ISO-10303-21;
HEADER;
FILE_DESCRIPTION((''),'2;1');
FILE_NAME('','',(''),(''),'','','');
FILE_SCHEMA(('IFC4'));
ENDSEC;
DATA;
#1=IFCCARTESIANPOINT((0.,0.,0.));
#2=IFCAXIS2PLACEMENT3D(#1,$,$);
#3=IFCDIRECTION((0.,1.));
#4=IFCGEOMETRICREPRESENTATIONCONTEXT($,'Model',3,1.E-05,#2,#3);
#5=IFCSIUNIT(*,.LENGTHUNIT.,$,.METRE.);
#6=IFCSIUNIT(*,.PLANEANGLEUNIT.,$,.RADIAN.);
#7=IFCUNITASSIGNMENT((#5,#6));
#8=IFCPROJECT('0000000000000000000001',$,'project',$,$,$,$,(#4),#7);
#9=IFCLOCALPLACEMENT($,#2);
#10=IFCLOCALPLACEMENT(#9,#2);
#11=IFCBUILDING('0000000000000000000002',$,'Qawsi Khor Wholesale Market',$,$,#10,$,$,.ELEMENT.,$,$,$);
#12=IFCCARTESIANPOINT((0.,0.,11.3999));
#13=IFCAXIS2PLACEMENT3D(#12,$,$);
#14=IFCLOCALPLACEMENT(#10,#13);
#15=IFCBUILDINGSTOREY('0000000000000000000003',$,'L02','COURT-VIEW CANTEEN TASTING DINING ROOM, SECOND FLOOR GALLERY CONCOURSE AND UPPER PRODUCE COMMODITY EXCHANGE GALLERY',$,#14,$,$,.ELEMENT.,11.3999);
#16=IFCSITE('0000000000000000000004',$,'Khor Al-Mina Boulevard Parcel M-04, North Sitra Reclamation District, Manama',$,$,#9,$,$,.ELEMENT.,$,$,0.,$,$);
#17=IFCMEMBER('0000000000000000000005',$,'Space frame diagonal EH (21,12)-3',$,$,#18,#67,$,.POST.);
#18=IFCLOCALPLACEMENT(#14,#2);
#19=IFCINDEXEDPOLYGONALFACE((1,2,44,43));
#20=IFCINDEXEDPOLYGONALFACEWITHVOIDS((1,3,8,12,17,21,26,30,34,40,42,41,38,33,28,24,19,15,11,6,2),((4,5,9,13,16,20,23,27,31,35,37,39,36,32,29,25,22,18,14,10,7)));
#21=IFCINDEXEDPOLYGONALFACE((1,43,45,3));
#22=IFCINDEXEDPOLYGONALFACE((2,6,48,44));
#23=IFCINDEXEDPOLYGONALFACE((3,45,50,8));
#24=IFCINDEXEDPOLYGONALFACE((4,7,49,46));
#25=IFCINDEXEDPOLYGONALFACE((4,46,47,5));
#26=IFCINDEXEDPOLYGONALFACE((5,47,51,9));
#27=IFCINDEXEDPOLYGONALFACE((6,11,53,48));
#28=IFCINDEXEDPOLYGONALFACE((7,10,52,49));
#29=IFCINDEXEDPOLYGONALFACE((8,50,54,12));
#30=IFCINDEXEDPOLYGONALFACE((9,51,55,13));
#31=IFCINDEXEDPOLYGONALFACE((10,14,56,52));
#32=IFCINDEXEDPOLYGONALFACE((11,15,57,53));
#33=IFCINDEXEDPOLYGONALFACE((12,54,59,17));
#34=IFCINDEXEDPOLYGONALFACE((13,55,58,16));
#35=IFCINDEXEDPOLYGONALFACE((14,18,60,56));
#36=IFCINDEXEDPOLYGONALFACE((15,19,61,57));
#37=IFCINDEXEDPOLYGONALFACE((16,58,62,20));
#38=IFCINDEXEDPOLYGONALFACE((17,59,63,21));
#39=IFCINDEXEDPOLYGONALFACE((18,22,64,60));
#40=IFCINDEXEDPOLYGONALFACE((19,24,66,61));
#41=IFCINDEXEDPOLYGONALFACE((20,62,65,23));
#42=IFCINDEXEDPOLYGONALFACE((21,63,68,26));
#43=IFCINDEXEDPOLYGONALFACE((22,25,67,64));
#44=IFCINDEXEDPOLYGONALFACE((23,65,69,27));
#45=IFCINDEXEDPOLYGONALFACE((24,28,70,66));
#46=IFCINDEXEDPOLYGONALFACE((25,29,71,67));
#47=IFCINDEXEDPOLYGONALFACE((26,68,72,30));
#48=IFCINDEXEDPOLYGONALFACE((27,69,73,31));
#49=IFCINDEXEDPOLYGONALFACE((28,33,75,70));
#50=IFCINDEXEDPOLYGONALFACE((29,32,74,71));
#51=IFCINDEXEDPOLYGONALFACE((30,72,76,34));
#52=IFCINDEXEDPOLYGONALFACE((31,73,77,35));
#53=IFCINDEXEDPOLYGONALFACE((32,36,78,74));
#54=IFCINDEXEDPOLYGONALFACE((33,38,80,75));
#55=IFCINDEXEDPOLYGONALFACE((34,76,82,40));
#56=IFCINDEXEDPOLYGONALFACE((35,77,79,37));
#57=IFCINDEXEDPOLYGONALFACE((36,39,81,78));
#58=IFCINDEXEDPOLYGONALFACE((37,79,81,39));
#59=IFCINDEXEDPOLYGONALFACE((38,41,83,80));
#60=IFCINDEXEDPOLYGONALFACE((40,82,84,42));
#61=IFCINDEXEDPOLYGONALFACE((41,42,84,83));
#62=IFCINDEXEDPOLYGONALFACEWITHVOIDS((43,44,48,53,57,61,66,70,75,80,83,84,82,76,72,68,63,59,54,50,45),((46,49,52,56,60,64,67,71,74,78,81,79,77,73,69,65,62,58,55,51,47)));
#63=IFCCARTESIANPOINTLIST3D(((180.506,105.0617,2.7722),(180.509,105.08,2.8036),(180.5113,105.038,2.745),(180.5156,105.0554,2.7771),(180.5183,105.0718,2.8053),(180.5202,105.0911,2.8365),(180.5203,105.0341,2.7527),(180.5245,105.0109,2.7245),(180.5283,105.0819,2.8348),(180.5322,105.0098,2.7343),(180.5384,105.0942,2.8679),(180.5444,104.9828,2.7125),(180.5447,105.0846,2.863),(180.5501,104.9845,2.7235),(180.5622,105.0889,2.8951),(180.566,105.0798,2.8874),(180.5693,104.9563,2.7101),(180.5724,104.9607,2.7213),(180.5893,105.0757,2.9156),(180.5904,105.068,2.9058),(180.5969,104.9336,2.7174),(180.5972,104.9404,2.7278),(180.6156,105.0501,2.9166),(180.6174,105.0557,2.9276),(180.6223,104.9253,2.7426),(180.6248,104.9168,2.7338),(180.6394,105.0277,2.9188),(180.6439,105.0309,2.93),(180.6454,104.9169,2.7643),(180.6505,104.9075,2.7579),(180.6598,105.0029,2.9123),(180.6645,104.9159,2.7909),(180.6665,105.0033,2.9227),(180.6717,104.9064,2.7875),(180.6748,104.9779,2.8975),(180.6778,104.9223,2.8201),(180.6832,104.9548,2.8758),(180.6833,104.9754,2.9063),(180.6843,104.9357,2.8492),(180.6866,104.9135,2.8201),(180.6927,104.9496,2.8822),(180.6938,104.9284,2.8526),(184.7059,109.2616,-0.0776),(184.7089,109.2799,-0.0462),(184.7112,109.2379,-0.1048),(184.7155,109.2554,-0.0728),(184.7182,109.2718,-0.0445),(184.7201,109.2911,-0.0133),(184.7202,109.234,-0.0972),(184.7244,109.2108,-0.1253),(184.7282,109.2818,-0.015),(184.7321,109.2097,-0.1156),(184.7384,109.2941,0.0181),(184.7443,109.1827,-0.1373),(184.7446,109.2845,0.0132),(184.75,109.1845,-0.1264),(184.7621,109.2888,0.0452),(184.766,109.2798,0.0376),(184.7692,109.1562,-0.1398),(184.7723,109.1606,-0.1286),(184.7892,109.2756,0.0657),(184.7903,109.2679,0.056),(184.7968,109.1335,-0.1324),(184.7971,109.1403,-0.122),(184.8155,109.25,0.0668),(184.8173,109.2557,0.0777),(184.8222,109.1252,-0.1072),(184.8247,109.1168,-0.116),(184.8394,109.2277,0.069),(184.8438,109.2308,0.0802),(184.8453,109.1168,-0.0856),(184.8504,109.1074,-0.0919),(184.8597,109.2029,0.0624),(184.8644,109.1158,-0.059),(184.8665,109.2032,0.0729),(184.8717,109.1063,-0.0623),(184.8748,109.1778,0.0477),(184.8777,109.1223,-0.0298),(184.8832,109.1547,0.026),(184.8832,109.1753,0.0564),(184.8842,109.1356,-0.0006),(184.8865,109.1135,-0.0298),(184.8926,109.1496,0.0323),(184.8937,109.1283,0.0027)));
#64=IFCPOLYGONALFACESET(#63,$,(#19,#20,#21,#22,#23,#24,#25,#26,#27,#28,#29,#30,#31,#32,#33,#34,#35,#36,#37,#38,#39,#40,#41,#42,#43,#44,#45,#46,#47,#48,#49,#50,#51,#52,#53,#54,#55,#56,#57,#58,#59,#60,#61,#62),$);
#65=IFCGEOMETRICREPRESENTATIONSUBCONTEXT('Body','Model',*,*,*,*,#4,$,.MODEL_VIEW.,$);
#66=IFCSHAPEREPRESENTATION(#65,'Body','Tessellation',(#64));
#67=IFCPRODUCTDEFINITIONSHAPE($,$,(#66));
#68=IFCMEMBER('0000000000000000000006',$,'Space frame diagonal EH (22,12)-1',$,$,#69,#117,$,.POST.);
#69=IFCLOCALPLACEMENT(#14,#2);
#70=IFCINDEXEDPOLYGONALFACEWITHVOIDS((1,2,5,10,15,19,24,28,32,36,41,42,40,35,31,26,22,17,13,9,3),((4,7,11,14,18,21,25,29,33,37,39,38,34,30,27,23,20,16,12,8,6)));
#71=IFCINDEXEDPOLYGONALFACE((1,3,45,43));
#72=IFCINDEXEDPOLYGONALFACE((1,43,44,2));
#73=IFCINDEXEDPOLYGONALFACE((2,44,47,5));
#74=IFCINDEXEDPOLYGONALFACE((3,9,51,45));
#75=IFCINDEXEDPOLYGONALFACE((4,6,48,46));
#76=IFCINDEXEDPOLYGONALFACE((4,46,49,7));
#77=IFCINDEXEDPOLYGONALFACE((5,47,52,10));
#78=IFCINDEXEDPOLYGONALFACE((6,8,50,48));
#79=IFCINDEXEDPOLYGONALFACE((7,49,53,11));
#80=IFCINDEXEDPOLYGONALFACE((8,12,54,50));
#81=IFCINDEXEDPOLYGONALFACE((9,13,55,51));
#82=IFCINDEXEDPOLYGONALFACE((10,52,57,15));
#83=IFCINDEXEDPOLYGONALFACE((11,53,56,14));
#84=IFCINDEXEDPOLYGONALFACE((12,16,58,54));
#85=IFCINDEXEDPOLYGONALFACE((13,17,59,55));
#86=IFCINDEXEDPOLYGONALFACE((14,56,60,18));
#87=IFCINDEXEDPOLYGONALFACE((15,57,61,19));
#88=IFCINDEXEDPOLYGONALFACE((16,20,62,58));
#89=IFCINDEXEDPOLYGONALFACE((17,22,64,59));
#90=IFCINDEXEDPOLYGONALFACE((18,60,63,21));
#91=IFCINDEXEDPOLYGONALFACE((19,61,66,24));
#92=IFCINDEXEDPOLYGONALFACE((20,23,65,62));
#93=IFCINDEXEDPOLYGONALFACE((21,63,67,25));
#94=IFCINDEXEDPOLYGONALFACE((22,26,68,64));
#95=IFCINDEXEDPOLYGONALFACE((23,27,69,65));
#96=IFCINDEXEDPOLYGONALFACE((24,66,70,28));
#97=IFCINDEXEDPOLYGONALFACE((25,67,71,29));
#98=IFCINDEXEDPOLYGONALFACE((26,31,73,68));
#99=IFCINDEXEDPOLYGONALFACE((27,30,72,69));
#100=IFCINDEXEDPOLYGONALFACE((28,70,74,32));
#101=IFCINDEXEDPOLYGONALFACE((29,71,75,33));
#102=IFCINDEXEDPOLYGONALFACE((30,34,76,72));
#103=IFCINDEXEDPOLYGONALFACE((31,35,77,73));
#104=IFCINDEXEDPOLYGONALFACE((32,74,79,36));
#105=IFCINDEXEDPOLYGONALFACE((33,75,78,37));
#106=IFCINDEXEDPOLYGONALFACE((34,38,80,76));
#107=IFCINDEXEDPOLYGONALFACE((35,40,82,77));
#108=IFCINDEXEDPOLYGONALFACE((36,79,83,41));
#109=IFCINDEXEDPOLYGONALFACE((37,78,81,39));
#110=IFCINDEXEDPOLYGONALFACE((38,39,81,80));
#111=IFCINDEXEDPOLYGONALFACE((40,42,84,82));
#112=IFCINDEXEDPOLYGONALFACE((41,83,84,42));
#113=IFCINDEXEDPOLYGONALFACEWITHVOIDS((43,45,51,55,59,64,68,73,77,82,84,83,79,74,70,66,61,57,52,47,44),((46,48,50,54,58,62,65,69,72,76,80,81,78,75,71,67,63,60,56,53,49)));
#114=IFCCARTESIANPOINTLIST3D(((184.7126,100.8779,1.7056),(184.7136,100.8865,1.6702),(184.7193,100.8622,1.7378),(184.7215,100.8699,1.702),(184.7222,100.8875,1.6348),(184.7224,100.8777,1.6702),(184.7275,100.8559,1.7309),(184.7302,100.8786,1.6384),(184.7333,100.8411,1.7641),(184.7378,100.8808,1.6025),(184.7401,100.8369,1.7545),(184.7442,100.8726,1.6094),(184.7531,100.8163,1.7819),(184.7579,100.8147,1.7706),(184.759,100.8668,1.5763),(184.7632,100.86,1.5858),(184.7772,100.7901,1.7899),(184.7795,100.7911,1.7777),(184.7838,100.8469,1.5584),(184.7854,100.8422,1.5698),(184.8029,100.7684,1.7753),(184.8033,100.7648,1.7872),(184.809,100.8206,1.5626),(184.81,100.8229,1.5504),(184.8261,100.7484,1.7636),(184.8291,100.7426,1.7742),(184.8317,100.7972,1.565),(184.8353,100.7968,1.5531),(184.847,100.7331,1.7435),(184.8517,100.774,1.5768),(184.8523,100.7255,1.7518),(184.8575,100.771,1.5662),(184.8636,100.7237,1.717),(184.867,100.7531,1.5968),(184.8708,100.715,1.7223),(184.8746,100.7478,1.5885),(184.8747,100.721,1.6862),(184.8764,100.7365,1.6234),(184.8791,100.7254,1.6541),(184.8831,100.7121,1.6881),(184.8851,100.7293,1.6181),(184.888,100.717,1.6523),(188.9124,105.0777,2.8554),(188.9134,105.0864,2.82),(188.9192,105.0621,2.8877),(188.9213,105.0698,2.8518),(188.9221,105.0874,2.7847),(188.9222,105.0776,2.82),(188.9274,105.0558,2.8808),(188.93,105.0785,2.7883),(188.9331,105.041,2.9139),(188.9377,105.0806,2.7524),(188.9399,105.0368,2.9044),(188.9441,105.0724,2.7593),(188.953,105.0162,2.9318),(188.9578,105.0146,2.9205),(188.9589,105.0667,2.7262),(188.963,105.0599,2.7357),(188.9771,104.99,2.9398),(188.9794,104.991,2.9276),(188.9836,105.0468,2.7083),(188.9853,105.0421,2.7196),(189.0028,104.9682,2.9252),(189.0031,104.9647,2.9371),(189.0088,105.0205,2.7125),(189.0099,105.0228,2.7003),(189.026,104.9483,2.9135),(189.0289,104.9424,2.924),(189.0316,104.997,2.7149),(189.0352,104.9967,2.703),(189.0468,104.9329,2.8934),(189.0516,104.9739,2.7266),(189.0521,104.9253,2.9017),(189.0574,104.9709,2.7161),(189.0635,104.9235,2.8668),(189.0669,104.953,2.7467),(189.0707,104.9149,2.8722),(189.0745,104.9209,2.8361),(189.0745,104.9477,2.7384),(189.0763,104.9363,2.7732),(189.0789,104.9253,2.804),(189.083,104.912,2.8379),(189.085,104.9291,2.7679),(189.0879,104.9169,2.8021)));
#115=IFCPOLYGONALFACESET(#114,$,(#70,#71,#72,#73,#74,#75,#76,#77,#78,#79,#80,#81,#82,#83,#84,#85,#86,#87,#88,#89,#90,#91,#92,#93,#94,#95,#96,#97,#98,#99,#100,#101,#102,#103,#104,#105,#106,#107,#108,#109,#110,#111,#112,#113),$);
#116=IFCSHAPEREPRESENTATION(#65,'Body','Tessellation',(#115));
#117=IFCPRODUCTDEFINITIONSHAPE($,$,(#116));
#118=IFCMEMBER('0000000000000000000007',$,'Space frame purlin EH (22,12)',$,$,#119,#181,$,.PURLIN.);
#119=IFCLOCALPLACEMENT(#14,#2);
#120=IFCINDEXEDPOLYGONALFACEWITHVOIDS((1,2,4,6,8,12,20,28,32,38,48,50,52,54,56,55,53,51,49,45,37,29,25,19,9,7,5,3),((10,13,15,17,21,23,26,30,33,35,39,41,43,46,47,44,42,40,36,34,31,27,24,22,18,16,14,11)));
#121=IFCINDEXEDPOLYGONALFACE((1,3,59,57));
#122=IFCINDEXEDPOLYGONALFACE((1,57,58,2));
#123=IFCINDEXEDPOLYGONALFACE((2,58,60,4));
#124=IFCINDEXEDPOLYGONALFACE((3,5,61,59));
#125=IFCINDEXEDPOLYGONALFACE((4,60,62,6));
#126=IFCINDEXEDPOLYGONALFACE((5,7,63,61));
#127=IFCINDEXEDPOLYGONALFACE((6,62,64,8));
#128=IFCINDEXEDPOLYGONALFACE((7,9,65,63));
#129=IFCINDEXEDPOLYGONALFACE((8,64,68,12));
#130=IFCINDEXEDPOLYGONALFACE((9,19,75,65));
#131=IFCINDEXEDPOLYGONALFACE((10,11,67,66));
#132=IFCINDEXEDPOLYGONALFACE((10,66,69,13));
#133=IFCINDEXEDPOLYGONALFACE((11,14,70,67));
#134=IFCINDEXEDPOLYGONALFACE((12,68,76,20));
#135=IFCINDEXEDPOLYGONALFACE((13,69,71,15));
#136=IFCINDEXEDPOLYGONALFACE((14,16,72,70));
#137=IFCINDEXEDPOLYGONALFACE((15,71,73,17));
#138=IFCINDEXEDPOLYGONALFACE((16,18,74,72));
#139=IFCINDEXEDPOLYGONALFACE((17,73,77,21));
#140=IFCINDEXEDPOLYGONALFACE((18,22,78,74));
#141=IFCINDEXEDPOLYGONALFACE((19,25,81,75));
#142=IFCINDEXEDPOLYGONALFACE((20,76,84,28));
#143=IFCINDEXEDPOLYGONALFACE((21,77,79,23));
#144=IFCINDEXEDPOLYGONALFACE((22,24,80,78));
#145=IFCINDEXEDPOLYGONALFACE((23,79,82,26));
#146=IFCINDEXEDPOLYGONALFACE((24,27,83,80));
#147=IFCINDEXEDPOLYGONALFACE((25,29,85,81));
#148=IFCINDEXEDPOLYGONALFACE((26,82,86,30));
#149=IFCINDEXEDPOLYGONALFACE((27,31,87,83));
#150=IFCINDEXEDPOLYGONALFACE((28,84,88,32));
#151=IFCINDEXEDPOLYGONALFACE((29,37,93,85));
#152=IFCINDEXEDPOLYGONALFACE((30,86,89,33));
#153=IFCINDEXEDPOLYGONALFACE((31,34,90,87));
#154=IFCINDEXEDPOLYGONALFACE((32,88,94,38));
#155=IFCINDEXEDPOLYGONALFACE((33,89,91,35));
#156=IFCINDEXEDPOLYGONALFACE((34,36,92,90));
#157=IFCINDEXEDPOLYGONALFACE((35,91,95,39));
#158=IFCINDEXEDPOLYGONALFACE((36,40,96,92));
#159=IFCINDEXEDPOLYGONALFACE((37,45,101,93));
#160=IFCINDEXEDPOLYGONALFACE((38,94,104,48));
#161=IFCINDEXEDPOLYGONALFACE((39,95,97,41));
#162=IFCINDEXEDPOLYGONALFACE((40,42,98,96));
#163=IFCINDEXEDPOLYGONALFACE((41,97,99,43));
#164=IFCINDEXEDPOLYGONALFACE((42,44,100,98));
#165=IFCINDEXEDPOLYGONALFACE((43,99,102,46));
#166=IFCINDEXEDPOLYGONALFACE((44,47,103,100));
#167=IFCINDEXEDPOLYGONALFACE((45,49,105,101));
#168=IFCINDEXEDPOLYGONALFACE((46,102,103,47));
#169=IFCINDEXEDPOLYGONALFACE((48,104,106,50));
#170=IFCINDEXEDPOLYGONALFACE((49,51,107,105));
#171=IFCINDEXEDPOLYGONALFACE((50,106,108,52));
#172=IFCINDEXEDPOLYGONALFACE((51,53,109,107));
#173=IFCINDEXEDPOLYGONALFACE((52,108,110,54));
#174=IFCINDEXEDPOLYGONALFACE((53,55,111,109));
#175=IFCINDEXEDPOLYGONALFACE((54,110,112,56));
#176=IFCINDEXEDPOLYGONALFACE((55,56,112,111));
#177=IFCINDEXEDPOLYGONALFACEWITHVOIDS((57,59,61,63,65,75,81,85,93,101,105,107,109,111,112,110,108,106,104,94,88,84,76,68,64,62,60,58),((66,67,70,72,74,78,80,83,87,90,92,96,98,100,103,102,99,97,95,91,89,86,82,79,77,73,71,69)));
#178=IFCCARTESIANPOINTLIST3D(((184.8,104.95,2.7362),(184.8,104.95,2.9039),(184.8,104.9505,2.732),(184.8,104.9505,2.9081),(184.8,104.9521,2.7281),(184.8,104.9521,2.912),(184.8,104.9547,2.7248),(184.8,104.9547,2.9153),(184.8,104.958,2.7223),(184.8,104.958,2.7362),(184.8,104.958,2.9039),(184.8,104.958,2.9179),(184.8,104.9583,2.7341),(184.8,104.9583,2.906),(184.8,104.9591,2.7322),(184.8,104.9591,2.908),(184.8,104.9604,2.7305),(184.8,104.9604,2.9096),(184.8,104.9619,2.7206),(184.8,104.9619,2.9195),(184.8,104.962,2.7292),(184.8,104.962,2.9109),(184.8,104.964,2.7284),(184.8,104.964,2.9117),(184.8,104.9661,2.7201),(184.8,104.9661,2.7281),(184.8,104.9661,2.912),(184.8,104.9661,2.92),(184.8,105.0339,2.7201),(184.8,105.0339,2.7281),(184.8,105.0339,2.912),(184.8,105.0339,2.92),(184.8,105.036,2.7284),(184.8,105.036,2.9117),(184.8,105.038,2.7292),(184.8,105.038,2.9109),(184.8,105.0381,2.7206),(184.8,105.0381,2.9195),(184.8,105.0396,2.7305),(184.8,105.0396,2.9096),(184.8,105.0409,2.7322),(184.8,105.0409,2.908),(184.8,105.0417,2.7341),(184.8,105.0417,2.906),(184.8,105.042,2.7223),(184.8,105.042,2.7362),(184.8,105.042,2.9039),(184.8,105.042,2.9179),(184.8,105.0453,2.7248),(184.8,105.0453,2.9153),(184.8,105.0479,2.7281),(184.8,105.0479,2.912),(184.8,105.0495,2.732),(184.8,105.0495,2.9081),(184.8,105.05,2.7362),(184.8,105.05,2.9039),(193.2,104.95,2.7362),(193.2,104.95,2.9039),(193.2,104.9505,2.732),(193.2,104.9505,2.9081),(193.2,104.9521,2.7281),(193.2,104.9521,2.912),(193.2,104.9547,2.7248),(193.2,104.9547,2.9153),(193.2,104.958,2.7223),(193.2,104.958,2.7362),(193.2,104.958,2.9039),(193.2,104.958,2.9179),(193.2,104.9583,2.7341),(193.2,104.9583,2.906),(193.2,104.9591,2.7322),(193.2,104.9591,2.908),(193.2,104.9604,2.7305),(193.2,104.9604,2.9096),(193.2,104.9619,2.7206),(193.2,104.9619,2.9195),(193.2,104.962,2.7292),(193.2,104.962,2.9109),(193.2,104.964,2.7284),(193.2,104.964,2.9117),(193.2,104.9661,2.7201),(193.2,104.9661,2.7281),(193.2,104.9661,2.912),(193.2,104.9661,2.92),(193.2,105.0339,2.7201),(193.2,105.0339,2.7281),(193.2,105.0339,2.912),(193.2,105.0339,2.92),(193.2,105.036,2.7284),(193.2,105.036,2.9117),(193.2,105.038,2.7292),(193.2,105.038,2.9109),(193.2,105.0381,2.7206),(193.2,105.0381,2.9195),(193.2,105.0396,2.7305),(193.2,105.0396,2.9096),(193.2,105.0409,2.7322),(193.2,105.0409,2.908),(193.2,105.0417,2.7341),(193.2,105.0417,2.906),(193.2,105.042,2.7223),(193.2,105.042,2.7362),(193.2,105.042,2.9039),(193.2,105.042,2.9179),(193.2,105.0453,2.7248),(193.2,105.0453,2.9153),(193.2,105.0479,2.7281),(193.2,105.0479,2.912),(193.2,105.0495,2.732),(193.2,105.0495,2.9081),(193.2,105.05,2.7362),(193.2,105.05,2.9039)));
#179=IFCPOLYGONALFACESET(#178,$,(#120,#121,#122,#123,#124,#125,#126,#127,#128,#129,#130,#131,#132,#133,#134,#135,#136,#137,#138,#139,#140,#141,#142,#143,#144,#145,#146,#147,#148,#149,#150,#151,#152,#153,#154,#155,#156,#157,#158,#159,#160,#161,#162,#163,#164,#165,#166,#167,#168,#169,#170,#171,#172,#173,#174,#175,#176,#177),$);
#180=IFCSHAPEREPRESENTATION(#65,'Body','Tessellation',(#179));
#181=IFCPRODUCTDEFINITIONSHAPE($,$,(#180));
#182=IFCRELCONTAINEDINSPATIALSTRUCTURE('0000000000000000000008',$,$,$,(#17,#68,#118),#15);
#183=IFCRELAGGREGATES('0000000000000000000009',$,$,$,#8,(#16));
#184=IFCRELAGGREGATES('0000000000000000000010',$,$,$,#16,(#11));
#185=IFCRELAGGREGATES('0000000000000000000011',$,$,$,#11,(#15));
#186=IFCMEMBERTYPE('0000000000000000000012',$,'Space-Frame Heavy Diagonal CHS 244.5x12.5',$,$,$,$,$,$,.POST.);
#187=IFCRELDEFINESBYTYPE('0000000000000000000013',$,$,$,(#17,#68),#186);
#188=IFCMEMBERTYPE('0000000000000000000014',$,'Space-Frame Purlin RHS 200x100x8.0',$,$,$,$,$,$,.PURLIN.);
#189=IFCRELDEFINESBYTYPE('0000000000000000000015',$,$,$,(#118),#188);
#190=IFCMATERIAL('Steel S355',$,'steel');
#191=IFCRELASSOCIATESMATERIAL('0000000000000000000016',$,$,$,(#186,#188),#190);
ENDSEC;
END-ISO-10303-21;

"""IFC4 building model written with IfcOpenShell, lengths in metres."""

from ifc_helpers import new_model, si_unit, direction, frame, origin, origin_2d, place, context, subcontext, project, spatial, hollow_rectangle, hollow_circle, extrude, material, material_profile, profile_set, type_object, element, save


model = new_model("IFC4")

# Units and contexts
model_context = context("Model", 3, precision=1e-05, world=origin(), true_north=direction((0.0, 1.0)))
body_context = subcontext(model_context, "Body", "Model", "MODEL_VIEW")
ifc_project = project(units=[si_unit("LENGTHUNIT", "METRE"), si_unit("PLANEANGLEUNIT", "RADIAN")], contexts=[model_context])

# Site, building, storey
site_placement = place(None, origin())
site = spatial("IfcSite", under=ifc_project, at=site_placement, Name="Khor Al-Mina Boulevard Parcel M-04, North Sitra Reclamation District, Manama", CompositionType="ELEMENT", RefElevation=0.0)
building_placement = place(site_placement, origin())
building = spatial("IfcBuilding", under=site, at=building_placement, Name="Qawsi Khor Wholesale Market", CompositionType="ELEMENT")
storey_placement = place(building_placement, frame((0.0, 0.0, 11.3999)))
storey = spatial("IfcBuildingStorey", under=building, at=storey_placement, Name="L02", Description="COURT-VIEW CANTEEN TASTING DINING ROOM, SECOND FLOOR GALLERY CONCOURSE AND UPPER PRODUCE COMMODITY EXCHANGE GALLERY", CompositionType="ELEMENT", Elevation=11.3999)

# Members
ifc_material_1 = material(Name="Steel S355", Category="steel")
ifc_material_profile_1 = material_profile(ifc_material_1, hollow_circle(Radius=0.1223, WallThickness=0.0125, at=origin_2d()), Name="CHS 244.5x12.5")
ifc_profile_set_1 = profile_set([ifc_material_profile_1], Name="Steel S355")
member_type_1 = type_object("IfcMemberType", Name="Space-Frame Heavy Diagonal CHS 244.5x12.5", PredefinedType="POST", material=ifc_profile_set_1)
member_1_placement = place(storey_placement, frame((184.8, 109.2, -0.0298), z_axis=(-0.637522, -0.637522, 0.432587), x_axis=(0.707107, -0.707107, 0.0)))
element("IfcMember", 1, at=member_1_placement, inside=storey, type_object=member_type_1, Name="Space frame diagonal EH (21,12)-3", PredefinedType="POST", context=body_context, shape_type="SweptSolid", body=[
    extrude(hollow_circle(Radius=0.1223, WallThickness=0.0125, at=origin_2d()), origin(), (0.0, 0.0, 1.0), 6.5879),
])
member_2_placement = place(storey_placement, frame((184.8, 100.8, 1.6702), z_axis=(0.694217, 0.694217, 0.190069), x_axis=(-0.707107, 0.707107, 0.0)))
element("IfcMember", 2, at=member_2_placement, inside=storey, type_object=member_type_1, Name="Space frame diagonal EH (22,12)-1", PredefinedType="POST", context=body_context, shape_type="SweptSolid", body=[
    extrude(hollow_circle(Radius=0.1223, WallThickness=0.0125, at=origin_2d()), origin(), (0.0, 0.0, 1.0), 6.0498),
])
ifc_material_profile_2 = material_profile(ifc_material_1, hollow_rectangle(XDim=0.1001, YDim=0.2, WallThickness=0.0081, InnerFilletRadius=0.0081, OuterFilletRadius=0.0161, at=origin_2d()), Name="RHS 200x100x8.0")
ifc_profile_set_2 = profile_set([ifc_material_profile_2], Name="Steel S355")
member_type_2 = type_object("IfcMemberType", Name="Space-Frame Purlin RHS 200x100x8.0", PredefinedType="PURLIN", material=ifc_profile_set_2)
member_3_placement = place(storey_placement, frame((184.8, 105.0, 2.8201), z_axis=(1.0, 0.0, 0.0), x_axis=(0.0, 1.0, 0.0)))
element("IfcMember", 3, at=member_3_placement, inside=storey, type_object=member_type_2, Name="Space frame purlin EH (22,12)", PredefinedType="PURLIN", context=body_context, shape_type="SweptSolid", body=[
    extrude(hollow_rectangle(XDim=0.1001, YDim=0.2, WallThickness=0.0081, InnerFilletRadius=0.0081, OuterFilletRadius=0.0161, at=origin_2d()), origin(), (0.0, 0.0, 1.0), 8.3999),
])

save(model, "model.ifc")
